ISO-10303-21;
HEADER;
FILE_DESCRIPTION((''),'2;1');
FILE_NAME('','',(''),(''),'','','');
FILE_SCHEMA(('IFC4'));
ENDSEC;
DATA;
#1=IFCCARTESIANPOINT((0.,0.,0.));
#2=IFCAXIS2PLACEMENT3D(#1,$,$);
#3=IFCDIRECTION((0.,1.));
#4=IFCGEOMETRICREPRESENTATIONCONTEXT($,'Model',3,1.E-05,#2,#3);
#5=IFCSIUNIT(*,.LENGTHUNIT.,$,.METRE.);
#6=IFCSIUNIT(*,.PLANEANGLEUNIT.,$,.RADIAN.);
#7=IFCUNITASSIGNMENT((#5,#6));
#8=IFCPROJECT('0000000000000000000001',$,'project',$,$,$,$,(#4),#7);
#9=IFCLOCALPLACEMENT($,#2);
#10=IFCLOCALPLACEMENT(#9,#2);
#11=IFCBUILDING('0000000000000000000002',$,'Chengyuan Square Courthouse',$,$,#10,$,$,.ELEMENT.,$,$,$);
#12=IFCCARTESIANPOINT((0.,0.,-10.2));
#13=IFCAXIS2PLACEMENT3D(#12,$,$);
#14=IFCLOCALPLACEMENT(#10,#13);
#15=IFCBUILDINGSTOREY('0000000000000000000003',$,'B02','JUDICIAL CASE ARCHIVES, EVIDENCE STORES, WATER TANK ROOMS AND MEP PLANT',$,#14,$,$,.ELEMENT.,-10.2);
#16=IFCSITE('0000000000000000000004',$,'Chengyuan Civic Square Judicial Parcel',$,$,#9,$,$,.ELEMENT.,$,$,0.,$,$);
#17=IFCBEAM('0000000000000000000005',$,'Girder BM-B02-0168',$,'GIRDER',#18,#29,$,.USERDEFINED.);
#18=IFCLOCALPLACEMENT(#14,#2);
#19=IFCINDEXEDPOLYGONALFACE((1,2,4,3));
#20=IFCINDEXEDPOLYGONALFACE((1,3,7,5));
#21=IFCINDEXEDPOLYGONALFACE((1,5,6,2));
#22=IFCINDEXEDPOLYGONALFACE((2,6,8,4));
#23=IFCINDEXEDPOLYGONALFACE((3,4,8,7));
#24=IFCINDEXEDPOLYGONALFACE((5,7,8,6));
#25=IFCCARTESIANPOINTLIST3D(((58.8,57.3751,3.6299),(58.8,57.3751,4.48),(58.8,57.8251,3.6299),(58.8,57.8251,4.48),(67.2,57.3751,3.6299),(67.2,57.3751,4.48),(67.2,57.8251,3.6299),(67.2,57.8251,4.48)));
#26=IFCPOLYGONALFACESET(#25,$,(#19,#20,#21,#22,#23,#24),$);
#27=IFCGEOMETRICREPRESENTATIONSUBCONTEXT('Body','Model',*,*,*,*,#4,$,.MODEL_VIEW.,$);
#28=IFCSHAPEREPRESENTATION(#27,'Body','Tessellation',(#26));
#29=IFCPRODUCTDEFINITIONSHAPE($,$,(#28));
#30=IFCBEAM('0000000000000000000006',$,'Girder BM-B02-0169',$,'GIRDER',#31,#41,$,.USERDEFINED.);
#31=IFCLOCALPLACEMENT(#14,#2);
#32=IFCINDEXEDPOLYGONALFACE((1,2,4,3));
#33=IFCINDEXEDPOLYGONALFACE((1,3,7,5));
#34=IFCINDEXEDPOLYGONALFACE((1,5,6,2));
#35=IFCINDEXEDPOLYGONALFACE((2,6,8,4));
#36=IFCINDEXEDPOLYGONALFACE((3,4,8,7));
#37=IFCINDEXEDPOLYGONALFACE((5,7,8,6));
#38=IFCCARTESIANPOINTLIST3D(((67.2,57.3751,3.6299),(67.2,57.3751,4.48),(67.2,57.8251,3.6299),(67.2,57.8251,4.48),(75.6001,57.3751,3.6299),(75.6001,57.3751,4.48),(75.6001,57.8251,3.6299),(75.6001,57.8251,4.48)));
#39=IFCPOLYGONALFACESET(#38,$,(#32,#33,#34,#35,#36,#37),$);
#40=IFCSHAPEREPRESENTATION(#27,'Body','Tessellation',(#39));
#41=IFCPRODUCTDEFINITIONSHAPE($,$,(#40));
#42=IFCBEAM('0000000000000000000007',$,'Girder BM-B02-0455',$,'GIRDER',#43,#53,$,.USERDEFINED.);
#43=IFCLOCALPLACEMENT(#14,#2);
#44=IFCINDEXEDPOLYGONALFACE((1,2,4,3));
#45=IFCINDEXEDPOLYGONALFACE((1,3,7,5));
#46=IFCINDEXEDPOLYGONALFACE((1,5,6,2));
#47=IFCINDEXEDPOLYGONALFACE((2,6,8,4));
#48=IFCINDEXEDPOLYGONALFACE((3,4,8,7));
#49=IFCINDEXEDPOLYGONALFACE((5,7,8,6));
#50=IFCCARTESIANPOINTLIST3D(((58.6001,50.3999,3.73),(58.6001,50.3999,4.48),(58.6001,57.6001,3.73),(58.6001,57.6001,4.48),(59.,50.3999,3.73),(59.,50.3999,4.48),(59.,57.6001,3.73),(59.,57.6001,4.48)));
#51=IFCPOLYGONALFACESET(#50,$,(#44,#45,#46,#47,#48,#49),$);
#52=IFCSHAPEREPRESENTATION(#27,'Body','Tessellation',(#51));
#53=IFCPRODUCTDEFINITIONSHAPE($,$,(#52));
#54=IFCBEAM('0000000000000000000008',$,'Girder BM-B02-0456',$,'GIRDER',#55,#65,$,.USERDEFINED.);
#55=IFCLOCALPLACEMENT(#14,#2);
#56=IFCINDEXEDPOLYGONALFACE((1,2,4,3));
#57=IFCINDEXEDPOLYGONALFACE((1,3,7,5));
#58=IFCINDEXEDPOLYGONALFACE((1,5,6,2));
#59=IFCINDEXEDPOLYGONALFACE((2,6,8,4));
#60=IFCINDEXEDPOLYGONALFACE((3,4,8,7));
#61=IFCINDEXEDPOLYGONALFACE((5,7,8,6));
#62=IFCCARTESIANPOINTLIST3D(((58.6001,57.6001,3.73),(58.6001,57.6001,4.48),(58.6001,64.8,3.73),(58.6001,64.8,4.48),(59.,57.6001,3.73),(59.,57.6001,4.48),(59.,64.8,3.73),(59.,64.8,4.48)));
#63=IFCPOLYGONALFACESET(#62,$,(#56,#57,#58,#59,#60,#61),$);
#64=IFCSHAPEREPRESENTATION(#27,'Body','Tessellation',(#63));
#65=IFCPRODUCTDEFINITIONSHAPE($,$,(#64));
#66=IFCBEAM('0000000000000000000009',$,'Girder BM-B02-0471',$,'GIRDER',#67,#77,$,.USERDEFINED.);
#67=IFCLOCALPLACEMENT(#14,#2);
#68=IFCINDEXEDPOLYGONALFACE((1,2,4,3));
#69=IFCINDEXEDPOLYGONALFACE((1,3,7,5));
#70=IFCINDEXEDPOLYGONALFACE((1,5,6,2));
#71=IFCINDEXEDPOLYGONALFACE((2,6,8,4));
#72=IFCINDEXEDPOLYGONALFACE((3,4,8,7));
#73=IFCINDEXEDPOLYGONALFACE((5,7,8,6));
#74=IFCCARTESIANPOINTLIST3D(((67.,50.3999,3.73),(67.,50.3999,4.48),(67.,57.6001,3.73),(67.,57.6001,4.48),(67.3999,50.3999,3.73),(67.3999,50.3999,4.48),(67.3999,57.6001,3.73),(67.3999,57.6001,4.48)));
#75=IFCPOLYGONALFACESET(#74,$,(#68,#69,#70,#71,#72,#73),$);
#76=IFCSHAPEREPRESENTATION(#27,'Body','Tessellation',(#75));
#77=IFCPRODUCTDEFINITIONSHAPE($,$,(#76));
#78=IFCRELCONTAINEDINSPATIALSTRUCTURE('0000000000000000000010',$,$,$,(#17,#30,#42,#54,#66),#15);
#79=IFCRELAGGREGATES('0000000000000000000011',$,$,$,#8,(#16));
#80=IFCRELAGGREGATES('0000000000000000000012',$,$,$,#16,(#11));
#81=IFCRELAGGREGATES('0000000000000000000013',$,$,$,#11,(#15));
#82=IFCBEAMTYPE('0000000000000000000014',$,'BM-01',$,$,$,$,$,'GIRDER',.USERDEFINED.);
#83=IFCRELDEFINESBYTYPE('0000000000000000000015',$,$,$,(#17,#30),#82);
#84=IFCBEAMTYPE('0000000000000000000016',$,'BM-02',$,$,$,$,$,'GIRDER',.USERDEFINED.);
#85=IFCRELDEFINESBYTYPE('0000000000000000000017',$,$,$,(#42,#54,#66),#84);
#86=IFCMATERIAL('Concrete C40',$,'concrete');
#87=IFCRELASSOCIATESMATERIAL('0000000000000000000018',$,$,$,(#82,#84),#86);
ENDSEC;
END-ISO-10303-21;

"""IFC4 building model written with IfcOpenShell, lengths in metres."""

from ifc_helpers import new_model, si_unit, direction, frame, origin, origin_2d, place, context, subcontext, project, spatial, rectangle, extrude, material, material_profile, profile_set, type_object, element, save


model = new_model("IFC4")

# Units and contexts
model_context = context("Model", 3, precision=1e-05, world=origin(), true_north=direction((0.0, 1.0)))
body_context = subcontext(model_context, "Body", "Model", "MODEL_VIEW")
ifc_project = project(units=[si_unit("LENGTHUNIT", "METRE"), si_unit("PLANEANGLEUNIT", "RADIAN")], contexts=[model_context])

# Site, building, storey
site_placement = place(None, origin())
site = spatial("IfcSite", under=ifc_project, at=site_placement, Name="Chengyuan Civic Square Judicial Parcel", CompositionType="ELEMENT", RefElevation=0.0)
building_placement = place(site_placement, origin())
building = spatial("IfcBuilding", under=site, at=building_placement, Name="Chengyuan Square Courthouse", CompositionType="ELEMENT")
storey_placement = place(building_placement, frame((0.0, 0.0, -10.2)))
storey = spatial("IfcBuildingStorey", under=building, at=storey_placement, Name="B02", Description="JUDICIAL CASE ARCHIVES, EVIDENCE STORES, WATER TANK ROOMS AND MEP PLANT", CompositionType="ELEMENT", Elevation=-10.2)

# Shared definitions
ifc_material_1 = material(Name="Concrete C40", Category="concrete")

# Beams
ifc_material_profile_1 = material_profile(ifc_material_1, rectangle(XDim=0.45, YDim=0.8501, at=origin_2d()), Name="RC-BM-450x850")
ifc_profile_set_1 = profile_set([ifc_material_profile_1], Name="Concrete C40")
beam_type_1 = type_object("IfcBeamType", Name="BM-01", ElementType="GIRDER", PredefinedType="USERDEFINED", material=ifc_profile_set_1)
beam_1_placement = place(storey_placement, frame((58.8, 57.6001, 4.0549), z_axis=(1.0, 0.0, 0.0), x_axis=(0.0, 1.0, 0.0)))
element("IfcBeam", 1, at=beam_1_placement, inside=storey, type_object=beam_type_1, Name="Girder BM-B02-0168", ObjectType="GIRDER", PredefinedType="USERDEFINED", context=body_context, shape_type="SweptSolid", body=[
    extrude(rectangle(XDim=0.45, YDim=0.8501, at=origin_2d()), origin(), (0.0, 0.0, 1.0), 8.3999),
])
beam_2_placement = place(storey_placement, frame((67.2, 57.6001, 4.0549), z_axis=(1.0, 0.0, 0.0), x_axis=(0.0, 1.0, 0.0)))
element("IfcBeam", 2, at=beam_2_placement, inside=storey, type_object=beam_type_1, Name="Girder BM-B02-0169", ObjectType="GIRDER", PredefinedType="USERDEFINED", context=body_context, shape_type="SweptSolid", body=[
    extrude(rectangle(XDim=0.45, YDim=0.8501, at=origin_2d()), origin(), (0.0, 0.0, 1.0), 8.4001),
])
ifc_material_profile_2 = material_profile(ifc_material_1, rectangle(XDim=0.3999, YDim=0.75, at=origin_2d()), Name="RC-BM-400x750")
ifc_profile_set_2 = profile_set([ifc_material_profile_2], Name="Concrete C40")
beam_type_2 = type_object("IfcBeamType", Name="BM-02", ElementType="GIRDER", PredefinedType="USERDEFINED", material=ifc_profile_set_2)
beam_3_placement = place(storey_placement, frame((58.8, 50.3999, 4.105), z_axis=(0.0, 1.0, 0.0), x_axis=(-1.0, 0.0, 0.0)))
element("IfcBeam", 3, at=beam_3_placement, inside=storey, type_object=beam_type_2, Name="Girder BM-B02-0455", ObjectType="GIRDER", PredefinedType="USERDEFINED", context=body_context, shape_type="SweptSolid", body=[
    extrude(rectangle(XDim=0.3999, YDim=0.75, at=origin_2d()), origin(), (0.0, 0.0, 1.0), 7.2002),
])
beam_4_placement = place(storey_placement, frame((58.8, 57.6001, 4.105), z_axis=(0.0, 1.0, 0.0), x_axis=(-1.0, 0.0, 0.0)))
element("IfcBeam", 4, at=beam_4_placement, inside=storey, type_object=beam_type_2, Name="Girder BM-B02-0456", ObjectType="GIRDER", PredefinedType="USERDEFINED", context=body_context, shape_type="SweptSolid", body=[
    extrude(rectangle(XDim=0.3999, YDim=0.75, at=origin_2d()), origin(), (0.0, 0.0, 1.0), 7.2),
])
beam_5_placement = place(storey_placement, frame((67.2, 50.3999, 4.105), z_axis=(0.0, 1.0, 0.0), x_axis=(-1.0, 0.0, 0.0)))
element("IfcBeam", 5, at=beam_5_placement, inside=storey, type_object=beam_type_2, Name="Girder BM-B02-0471", ObjectType="GIRDER", PredefinedType="USERDEFINED", context=body_context, shape_type="SweptSolid", body=[
    extrude(rectangle(XDim=0.3999, YDim=0.75, at=origin_2d()), origin(), (0.0, 0.0, 1.0), 7.2002),
])

save(model, "model.ifc")
